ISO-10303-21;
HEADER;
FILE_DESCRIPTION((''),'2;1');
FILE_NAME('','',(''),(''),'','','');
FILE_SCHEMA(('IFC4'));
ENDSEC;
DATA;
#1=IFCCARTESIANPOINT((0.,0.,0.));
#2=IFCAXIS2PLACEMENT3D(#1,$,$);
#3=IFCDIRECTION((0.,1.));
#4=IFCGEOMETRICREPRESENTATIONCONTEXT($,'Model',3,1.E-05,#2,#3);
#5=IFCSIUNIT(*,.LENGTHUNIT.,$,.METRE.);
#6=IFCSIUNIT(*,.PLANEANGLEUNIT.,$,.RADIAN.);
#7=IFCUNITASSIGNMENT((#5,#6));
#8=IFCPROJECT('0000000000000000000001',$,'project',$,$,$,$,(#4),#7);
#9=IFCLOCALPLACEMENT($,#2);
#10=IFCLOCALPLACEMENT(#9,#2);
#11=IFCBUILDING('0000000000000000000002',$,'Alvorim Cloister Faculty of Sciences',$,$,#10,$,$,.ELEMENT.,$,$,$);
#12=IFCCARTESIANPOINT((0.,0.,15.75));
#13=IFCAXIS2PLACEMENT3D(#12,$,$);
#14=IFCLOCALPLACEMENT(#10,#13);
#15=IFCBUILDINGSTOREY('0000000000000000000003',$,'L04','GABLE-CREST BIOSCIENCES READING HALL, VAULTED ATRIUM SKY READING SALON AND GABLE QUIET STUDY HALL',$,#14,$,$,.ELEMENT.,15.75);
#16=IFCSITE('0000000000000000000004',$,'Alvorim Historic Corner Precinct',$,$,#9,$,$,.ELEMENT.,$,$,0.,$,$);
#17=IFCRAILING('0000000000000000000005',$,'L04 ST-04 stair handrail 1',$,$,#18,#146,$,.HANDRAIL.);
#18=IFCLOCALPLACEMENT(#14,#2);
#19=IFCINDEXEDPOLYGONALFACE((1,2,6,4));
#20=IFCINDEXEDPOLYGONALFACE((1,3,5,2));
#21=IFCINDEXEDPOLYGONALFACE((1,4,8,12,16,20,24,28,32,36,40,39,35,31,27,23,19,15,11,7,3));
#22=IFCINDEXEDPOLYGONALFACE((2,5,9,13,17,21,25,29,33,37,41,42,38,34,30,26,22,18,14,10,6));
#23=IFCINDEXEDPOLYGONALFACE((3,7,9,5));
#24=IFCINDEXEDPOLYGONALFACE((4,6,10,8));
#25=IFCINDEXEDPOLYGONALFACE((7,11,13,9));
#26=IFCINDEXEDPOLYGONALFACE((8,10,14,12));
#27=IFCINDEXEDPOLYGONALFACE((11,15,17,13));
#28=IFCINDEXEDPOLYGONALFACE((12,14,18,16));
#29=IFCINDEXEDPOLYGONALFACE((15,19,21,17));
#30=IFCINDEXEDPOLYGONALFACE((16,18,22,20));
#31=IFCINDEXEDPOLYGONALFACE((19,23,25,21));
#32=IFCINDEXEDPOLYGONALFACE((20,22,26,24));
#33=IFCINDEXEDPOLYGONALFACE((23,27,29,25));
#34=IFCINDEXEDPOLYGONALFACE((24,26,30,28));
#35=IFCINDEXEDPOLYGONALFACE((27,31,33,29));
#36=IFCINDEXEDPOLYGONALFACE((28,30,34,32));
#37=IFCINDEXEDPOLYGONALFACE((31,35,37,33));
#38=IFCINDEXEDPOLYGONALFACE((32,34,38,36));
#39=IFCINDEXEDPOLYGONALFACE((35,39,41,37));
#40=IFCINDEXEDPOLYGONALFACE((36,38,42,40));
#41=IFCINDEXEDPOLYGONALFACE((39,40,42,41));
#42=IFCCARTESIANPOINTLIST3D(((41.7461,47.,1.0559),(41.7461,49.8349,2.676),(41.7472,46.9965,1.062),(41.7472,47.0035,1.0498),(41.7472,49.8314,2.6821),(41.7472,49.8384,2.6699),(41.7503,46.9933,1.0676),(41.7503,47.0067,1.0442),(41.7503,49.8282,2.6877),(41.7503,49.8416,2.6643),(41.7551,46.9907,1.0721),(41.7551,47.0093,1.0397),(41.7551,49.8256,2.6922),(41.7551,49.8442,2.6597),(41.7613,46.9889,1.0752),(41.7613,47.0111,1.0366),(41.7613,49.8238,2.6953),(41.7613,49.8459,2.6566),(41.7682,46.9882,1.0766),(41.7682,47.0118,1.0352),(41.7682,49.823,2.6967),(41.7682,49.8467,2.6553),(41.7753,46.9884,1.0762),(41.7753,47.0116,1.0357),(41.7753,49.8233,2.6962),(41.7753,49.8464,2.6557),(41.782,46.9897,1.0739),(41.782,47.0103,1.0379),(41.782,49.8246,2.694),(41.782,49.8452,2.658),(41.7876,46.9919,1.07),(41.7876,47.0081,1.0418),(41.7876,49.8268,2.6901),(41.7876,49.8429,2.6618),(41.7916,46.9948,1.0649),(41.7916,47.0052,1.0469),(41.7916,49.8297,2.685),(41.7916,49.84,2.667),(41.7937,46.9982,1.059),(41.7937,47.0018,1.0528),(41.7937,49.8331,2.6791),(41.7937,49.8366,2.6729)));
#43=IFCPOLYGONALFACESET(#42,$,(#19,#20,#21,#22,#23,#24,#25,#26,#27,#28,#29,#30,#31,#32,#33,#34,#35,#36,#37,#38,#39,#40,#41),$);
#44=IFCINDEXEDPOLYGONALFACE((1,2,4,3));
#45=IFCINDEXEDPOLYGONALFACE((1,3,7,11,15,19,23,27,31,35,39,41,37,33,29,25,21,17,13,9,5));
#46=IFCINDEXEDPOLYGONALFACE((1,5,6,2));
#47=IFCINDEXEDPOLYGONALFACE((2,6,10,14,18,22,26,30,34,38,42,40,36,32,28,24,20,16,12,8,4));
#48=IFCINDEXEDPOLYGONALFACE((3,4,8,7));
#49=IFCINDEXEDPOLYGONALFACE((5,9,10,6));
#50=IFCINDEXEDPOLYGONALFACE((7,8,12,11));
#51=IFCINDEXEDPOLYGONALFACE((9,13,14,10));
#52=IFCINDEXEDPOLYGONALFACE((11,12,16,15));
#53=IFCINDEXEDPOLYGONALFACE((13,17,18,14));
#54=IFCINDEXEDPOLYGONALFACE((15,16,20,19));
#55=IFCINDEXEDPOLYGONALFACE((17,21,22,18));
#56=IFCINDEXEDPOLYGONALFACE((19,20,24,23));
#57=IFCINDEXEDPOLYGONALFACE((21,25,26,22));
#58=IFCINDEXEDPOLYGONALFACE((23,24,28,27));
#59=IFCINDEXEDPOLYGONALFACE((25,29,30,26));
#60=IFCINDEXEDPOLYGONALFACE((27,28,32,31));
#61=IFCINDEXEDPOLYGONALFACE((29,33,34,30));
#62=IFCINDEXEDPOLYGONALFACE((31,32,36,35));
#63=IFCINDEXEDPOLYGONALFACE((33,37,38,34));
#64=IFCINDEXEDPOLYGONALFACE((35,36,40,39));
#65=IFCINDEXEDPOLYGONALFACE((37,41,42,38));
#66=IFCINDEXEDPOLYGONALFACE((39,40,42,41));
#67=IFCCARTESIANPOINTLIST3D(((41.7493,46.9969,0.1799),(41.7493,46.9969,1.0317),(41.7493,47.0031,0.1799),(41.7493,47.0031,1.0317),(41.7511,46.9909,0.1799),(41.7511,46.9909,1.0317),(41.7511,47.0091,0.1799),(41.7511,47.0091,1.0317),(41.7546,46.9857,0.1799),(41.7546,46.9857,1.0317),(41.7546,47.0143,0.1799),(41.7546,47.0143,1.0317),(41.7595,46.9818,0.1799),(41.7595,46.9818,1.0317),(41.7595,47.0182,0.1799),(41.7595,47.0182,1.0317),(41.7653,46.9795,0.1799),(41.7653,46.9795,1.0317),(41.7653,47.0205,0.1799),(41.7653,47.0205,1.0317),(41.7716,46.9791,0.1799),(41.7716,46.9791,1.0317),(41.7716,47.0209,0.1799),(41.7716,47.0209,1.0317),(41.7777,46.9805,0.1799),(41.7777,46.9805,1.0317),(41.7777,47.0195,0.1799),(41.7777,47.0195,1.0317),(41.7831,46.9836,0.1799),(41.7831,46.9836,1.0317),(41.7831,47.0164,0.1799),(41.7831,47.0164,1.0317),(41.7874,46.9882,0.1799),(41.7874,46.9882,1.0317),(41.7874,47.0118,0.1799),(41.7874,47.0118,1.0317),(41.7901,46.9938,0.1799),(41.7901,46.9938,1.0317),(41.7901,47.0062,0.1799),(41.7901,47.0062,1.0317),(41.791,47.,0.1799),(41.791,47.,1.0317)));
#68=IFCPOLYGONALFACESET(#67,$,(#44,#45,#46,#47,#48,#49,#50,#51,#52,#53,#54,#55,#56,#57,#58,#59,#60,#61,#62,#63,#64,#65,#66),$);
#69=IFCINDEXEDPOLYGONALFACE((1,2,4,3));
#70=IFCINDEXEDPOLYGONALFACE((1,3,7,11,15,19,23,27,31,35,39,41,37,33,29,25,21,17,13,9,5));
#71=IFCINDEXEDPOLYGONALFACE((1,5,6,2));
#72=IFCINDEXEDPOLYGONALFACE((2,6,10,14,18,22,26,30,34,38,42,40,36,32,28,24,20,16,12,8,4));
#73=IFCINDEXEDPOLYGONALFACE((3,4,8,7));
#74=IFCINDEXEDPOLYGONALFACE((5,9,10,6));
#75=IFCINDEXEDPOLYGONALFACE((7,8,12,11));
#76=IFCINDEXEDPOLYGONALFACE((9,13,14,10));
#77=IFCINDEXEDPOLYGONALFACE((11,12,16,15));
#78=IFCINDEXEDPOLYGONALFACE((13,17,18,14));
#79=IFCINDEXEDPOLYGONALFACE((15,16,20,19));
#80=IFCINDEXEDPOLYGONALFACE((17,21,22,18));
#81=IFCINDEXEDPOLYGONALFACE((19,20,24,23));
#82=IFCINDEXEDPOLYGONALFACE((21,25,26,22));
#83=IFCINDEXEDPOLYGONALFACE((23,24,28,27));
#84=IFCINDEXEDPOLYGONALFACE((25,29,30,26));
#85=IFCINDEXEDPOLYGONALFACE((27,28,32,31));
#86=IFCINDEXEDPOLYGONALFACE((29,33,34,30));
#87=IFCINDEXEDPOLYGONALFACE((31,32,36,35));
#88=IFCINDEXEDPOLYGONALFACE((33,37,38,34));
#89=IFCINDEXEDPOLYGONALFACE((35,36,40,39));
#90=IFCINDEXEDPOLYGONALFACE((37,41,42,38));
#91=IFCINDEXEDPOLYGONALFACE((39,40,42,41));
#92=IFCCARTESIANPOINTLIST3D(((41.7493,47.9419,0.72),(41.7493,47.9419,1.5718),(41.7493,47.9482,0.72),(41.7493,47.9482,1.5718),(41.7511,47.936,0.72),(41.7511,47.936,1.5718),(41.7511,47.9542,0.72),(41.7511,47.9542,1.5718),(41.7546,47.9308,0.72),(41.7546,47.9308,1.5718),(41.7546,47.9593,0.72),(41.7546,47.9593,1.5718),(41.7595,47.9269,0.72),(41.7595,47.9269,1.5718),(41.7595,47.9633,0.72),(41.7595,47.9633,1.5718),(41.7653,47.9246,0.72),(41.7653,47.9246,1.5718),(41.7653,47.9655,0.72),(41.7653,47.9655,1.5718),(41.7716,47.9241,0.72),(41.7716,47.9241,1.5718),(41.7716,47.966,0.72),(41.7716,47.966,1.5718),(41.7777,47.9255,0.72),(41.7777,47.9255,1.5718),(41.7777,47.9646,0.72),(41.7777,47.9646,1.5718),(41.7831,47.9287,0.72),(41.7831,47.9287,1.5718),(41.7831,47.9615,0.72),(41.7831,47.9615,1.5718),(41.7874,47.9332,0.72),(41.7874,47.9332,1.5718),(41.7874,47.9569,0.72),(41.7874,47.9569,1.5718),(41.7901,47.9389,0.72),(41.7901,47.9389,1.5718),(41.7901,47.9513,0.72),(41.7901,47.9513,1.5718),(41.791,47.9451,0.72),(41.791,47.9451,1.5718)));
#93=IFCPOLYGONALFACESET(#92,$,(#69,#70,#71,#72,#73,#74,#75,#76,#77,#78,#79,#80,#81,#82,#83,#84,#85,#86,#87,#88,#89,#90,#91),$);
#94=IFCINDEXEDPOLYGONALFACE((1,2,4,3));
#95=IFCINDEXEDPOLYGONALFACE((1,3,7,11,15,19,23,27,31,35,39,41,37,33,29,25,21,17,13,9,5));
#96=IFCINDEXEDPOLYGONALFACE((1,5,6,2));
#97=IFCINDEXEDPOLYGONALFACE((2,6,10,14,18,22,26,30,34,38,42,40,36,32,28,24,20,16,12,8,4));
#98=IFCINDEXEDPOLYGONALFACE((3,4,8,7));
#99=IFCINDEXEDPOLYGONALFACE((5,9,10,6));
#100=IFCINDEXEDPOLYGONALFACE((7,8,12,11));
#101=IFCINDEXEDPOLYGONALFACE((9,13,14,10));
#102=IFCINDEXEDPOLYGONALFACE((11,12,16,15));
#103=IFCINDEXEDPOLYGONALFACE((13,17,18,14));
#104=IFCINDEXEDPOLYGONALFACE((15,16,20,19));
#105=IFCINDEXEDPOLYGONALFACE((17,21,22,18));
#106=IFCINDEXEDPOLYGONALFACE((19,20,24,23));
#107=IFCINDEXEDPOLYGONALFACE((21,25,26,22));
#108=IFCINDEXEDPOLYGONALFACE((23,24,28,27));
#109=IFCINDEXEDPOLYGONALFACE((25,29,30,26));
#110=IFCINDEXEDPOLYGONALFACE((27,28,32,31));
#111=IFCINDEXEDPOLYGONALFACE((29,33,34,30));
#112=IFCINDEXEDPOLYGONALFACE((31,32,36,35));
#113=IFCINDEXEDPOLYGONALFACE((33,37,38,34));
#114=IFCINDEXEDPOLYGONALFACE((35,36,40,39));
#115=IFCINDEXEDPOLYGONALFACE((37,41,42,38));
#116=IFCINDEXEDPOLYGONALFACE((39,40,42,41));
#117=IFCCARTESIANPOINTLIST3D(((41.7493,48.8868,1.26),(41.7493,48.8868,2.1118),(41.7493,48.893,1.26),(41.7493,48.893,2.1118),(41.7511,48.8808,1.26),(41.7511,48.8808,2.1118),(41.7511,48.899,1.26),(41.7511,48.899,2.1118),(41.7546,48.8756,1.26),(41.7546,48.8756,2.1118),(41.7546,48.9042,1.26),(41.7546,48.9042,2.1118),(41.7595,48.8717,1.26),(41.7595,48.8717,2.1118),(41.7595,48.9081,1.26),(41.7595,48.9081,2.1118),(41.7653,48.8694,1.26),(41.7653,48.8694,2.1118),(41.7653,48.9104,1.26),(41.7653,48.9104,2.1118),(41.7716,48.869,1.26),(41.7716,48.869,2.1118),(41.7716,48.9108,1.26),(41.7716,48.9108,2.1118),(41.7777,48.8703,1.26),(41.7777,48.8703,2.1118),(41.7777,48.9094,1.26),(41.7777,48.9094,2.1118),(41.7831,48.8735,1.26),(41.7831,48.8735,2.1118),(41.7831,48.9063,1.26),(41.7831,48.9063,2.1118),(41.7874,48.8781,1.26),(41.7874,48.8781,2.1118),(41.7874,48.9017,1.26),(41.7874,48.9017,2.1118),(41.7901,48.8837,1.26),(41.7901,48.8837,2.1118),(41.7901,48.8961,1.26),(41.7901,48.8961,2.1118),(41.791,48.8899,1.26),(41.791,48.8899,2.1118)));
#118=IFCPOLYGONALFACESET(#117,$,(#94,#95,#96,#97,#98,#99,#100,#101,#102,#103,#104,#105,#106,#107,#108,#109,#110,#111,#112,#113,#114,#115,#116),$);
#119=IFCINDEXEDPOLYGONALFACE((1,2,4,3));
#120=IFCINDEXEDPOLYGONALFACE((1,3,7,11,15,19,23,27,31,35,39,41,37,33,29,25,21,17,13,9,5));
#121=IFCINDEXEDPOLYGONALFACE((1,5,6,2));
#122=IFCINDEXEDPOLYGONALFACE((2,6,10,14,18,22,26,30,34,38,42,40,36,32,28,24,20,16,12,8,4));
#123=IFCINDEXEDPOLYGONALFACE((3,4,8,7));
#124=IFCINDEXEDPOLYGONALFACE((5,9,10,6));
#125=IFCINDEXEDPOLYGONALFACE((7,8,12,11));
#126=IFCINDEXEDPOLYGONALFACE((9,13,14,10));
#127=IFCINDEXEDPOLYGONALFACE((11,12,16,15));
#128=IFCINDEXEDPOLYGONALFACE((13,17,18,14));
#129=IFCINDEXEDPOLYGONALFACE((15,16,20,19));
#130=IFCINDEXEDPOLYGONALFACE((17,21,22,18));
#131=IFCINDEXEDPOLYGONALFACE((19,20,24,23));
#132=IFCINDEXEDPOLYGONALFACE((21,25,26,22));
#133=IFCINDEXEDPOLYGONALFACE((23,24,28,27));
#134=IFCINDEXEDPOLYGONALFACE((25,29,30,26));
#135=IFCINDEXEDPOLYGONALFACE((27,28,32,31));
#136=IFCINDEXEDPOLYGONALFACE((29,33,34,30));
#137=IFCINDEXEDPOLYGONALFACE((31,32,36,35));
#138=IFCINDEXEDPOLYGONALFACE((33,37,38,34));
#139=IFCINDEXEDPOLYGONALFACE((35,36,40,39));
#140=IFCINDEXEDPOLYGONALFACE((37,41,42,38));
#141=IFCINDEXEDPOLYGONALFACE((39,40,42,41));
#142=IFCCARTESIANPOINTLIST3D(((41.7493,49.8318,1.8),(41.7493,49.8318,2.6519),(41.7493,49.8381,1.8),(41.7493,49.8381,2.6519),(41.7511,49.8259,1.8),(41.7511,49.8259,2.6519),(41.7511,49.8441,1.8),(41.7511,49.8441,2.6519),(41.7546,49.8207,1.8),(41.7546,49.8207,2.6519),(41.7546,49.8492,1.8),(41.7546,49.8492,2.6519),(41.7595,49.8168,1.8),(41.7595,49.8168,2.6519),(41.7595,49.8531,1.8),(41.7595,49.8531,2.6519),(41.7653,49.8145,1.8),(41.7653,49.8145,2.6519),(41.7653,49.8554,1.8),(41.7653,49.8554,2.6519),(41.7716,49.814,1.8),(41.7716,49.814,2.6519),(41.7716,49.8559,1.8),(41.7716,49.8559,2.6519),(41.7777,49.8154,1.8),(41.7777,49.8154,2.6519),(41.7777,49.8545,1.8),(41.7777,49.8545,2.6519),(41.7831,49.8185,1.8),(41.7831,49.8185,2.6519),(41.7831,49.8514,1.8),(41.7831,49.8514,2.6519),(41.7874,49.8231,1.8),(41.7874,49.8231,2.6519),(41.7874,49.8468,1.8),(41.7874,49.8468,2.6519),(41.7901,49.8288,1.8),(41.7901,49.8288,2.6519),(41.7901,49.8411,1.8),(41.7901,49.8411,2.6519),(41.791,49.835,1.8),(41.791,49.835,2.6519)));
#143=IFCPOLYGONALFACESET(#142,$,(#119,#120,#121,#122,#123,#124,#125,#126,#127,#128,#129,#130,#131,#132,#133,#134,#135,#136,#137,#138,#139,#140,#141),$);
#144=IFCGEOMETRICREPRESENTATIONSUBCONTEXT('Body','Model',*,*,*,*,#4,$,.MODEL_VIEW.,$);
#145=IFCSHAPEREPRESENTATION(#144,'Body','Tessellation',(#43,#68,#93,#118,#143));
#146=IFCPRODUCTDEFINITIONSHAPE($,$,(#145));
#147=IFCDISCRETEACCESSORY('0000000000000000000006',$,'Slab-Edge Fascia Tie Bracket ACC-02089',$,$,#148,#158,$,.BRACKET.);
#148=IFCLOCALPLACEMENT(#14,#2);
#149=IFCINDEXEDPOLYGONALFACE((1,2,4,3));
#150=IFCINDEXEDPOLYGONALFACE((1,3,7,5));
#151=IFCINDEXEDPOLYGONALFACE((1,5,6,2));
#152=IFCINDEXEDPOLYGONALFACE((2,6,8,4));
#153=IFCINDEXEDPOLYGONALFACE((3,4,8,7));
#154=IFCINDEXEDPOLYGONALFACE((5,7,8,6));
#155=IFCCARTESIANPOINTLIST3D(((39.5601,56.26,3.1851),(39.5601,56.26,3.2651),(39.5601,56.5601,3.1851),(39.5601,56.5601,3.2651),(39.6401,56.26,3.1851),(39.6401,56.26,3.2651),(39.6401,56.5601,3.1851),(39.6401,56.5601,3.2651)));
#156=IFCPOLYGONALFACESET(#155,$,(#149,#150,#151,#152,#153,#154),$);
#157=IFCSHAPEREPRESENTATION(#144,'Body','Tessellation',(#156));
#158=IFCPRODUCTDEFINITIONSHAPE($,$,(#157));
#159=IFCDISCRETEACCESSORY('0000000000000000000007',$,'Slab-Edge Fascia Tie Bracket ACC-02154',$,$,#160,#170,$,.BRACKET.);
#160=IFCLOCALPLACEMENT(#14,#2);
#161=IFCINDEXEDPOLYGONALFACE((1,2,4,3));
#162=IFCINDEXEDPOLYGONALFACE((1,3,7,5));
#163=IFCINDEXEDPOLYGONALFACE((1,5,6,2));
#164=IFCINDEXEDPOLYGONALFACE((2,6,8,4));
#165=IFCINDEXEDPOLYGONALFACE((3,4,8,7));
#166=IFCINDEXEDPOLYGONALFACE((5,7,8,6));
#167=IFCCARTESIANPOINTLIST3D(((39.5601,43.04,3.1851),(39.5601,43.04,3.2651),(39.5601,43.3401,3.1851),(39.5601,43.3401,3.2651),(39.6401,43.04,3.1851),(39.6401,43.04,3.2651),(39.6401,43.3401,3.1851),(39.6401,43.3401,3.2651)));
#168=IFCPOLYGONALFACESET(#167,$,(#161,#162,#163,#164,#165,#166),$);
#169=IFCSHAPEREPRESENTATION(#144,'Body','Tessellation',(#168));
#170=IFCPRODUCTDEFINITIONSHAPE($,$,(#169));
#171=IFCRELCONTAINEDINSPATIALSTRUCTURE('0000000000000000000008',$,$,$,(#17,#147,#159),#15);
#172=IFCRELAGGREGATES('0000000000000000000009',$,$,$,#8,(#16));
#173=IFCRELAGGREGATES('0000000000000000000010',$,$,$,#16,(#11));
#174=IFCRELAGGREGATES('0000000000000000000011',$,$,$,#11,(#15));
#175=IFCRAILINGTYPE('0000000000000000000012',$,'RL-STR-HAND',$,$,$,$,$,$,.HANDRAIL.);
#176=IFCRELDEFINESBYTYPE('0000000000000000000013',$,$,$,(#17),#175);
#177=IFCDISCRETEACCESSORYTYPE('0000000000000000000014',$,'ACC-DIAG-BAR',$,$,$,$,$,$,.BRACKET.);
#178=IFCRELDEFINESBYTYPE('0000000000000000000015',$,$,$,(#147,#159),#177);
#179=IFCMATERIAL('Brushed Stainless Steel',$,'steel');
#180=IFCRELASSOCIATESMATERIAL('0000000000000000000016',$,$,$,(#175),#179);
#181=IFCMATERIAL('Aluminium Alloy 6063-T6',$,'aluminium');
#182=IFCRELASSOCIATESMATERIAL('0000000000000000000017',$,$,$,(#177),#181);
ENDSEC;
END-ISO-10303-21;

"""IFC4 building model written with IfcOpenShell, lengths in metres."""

from ifc_helpers import new_model, si_unit, direction, frame, origin, origin_2d, place, context, subcontext, project, spatial, rectangle, circle, extrude, material, type_object, element, save


model = new_model("IFC4")

# Units and contexts
model_context = context("Model", 3, precision=1e-05, world=origin(), true_north=direction((0.0, 1.0)))
body_context = subcontext(model_context, "Body", "Model", "MODEL_VIEW")
ifc_project = project(units=[si_unit("LENGTHUNIT", "METRE"), si_unit("PLANEANGLEUNIT", "RADIAN")], contexts=[model_context])

# Site, building, storey
site_placement = place(None, origin())
site = spatial("IfcSite", under=ifc_project, at=site_placement, Name="Alvorim Historic Corner Precinct", CompositionType="ELEMENT", RefElevation=0.0)
building_placement = place(site_placement, origin())
building = spatial("IfcBuilding", under=site, at=building_placement, Name="Alvorim Cloister Faculty of Sciences", CompositionType="ELEMENT")
storey_placement = place(building_placement, frame((0.0, 0.0, 15.75)))
storey = spatial("IfcBuildingStorey", under=building, at=storey_placement, Name="L04", Description="GABLE-CREST BIOSCIENCES READING HALL, VAULTED ATRIUM SKY READING SALON AND GABLE QUIET STUDY HALL", CompositionType="ELEMENT", Elevation=15.75)

# Shared definitions
ifc_material_1 = material(Name="Aluminium Alloy 6063-T6", Category="aluminium")

# Railing
ifc_material_2 = material(Name="Brushed Stainless Steel", Category="steel")
railing_type_1 = type_object("IfcRailingType", Name="RL-STR-HAND", PredefinedType="HANDRAIL", material=ifc_material_2)
railing_1_placement = place(storey_placement, frame((41.77, 47.0, 0.1799)))
element("IfcRailing", 1, at=railing_1_placement, inside=storey, type_object=railing_type_1, Name="L04 ST-04 stair handrail 1", PredefinedType="HANDRAIL", context=body_context, shape_type="SweptSolid", body=[
    extrude(circle(Radius=0.0239, at=origin_2d()), frame((0.0, 0.0, 0.876), z_axis=(0.0, 0.868225, 0.496171), x_axis=(-1.0, 0.0, 0.0)), (0.0, 0.0, 1.0), 3.2651),
    extrude(circle(Radius=0.021, at=origin_2d()), origin(), (0.0, 0.0, 1.0), 0.8518),
    extrude(circle(Radius=0.021, at=origin_2d()), frame((0.0, 0.9451, 0.54)), (0.0, 0.0, 1.0), 0.8518),
    extrude(circle(Radius=0.021, at=origin_2d()), frame((0.0, 1.8899, 1.0801)), (0.0, 0.0, 1.0), 0.8518),
    extrude(circle(Radius=0.021, at=origin_2d()), frame((0.0, 2.835, 1.6201)), (0.0, 0.0, 1.0), 0.8518),
])

# Discrete accessories
discrete_accessory_type = type_object("IfcDiscreteAccessoryType", Name="ACC-DIAG-BAR", PredefinedType="BRACKET", material=ifc_material_1)
for number, where, z_axis, x_axis, name in (
    (2, (39.6001, 56.26, 3.2251), (0.0, 1.0, 0.0), (-1.0, 0.0, 0.0), "Slab-Edge Fascia Tie Bracket ACC-02089"),
    (3, (39.6001, 43.3401, 3.2251), (0.0, -1.0, 0.0), (1.0, 0.0, 0.0), "Slab-Edge Fascia Tie Bracket ACC-02154"),
):
    element("IfcDiscreteAccessory", number, at=place(storey_placement, frame(where, z_axis=z_axis, x_axis=x_axis)), inside=storey, type_object=discrete_accessory_type, Name=name, PredefinedType="BRACKET", context=body_context, shape_type="SweptSolid", body=[
        extrude(rectangle(XDim=0.0801, YDim=0.0801, at=origin_2d()), origin(), (0.0, 0.0, 1.0), 0.3),
    ])

save(model, "model.ifc")
